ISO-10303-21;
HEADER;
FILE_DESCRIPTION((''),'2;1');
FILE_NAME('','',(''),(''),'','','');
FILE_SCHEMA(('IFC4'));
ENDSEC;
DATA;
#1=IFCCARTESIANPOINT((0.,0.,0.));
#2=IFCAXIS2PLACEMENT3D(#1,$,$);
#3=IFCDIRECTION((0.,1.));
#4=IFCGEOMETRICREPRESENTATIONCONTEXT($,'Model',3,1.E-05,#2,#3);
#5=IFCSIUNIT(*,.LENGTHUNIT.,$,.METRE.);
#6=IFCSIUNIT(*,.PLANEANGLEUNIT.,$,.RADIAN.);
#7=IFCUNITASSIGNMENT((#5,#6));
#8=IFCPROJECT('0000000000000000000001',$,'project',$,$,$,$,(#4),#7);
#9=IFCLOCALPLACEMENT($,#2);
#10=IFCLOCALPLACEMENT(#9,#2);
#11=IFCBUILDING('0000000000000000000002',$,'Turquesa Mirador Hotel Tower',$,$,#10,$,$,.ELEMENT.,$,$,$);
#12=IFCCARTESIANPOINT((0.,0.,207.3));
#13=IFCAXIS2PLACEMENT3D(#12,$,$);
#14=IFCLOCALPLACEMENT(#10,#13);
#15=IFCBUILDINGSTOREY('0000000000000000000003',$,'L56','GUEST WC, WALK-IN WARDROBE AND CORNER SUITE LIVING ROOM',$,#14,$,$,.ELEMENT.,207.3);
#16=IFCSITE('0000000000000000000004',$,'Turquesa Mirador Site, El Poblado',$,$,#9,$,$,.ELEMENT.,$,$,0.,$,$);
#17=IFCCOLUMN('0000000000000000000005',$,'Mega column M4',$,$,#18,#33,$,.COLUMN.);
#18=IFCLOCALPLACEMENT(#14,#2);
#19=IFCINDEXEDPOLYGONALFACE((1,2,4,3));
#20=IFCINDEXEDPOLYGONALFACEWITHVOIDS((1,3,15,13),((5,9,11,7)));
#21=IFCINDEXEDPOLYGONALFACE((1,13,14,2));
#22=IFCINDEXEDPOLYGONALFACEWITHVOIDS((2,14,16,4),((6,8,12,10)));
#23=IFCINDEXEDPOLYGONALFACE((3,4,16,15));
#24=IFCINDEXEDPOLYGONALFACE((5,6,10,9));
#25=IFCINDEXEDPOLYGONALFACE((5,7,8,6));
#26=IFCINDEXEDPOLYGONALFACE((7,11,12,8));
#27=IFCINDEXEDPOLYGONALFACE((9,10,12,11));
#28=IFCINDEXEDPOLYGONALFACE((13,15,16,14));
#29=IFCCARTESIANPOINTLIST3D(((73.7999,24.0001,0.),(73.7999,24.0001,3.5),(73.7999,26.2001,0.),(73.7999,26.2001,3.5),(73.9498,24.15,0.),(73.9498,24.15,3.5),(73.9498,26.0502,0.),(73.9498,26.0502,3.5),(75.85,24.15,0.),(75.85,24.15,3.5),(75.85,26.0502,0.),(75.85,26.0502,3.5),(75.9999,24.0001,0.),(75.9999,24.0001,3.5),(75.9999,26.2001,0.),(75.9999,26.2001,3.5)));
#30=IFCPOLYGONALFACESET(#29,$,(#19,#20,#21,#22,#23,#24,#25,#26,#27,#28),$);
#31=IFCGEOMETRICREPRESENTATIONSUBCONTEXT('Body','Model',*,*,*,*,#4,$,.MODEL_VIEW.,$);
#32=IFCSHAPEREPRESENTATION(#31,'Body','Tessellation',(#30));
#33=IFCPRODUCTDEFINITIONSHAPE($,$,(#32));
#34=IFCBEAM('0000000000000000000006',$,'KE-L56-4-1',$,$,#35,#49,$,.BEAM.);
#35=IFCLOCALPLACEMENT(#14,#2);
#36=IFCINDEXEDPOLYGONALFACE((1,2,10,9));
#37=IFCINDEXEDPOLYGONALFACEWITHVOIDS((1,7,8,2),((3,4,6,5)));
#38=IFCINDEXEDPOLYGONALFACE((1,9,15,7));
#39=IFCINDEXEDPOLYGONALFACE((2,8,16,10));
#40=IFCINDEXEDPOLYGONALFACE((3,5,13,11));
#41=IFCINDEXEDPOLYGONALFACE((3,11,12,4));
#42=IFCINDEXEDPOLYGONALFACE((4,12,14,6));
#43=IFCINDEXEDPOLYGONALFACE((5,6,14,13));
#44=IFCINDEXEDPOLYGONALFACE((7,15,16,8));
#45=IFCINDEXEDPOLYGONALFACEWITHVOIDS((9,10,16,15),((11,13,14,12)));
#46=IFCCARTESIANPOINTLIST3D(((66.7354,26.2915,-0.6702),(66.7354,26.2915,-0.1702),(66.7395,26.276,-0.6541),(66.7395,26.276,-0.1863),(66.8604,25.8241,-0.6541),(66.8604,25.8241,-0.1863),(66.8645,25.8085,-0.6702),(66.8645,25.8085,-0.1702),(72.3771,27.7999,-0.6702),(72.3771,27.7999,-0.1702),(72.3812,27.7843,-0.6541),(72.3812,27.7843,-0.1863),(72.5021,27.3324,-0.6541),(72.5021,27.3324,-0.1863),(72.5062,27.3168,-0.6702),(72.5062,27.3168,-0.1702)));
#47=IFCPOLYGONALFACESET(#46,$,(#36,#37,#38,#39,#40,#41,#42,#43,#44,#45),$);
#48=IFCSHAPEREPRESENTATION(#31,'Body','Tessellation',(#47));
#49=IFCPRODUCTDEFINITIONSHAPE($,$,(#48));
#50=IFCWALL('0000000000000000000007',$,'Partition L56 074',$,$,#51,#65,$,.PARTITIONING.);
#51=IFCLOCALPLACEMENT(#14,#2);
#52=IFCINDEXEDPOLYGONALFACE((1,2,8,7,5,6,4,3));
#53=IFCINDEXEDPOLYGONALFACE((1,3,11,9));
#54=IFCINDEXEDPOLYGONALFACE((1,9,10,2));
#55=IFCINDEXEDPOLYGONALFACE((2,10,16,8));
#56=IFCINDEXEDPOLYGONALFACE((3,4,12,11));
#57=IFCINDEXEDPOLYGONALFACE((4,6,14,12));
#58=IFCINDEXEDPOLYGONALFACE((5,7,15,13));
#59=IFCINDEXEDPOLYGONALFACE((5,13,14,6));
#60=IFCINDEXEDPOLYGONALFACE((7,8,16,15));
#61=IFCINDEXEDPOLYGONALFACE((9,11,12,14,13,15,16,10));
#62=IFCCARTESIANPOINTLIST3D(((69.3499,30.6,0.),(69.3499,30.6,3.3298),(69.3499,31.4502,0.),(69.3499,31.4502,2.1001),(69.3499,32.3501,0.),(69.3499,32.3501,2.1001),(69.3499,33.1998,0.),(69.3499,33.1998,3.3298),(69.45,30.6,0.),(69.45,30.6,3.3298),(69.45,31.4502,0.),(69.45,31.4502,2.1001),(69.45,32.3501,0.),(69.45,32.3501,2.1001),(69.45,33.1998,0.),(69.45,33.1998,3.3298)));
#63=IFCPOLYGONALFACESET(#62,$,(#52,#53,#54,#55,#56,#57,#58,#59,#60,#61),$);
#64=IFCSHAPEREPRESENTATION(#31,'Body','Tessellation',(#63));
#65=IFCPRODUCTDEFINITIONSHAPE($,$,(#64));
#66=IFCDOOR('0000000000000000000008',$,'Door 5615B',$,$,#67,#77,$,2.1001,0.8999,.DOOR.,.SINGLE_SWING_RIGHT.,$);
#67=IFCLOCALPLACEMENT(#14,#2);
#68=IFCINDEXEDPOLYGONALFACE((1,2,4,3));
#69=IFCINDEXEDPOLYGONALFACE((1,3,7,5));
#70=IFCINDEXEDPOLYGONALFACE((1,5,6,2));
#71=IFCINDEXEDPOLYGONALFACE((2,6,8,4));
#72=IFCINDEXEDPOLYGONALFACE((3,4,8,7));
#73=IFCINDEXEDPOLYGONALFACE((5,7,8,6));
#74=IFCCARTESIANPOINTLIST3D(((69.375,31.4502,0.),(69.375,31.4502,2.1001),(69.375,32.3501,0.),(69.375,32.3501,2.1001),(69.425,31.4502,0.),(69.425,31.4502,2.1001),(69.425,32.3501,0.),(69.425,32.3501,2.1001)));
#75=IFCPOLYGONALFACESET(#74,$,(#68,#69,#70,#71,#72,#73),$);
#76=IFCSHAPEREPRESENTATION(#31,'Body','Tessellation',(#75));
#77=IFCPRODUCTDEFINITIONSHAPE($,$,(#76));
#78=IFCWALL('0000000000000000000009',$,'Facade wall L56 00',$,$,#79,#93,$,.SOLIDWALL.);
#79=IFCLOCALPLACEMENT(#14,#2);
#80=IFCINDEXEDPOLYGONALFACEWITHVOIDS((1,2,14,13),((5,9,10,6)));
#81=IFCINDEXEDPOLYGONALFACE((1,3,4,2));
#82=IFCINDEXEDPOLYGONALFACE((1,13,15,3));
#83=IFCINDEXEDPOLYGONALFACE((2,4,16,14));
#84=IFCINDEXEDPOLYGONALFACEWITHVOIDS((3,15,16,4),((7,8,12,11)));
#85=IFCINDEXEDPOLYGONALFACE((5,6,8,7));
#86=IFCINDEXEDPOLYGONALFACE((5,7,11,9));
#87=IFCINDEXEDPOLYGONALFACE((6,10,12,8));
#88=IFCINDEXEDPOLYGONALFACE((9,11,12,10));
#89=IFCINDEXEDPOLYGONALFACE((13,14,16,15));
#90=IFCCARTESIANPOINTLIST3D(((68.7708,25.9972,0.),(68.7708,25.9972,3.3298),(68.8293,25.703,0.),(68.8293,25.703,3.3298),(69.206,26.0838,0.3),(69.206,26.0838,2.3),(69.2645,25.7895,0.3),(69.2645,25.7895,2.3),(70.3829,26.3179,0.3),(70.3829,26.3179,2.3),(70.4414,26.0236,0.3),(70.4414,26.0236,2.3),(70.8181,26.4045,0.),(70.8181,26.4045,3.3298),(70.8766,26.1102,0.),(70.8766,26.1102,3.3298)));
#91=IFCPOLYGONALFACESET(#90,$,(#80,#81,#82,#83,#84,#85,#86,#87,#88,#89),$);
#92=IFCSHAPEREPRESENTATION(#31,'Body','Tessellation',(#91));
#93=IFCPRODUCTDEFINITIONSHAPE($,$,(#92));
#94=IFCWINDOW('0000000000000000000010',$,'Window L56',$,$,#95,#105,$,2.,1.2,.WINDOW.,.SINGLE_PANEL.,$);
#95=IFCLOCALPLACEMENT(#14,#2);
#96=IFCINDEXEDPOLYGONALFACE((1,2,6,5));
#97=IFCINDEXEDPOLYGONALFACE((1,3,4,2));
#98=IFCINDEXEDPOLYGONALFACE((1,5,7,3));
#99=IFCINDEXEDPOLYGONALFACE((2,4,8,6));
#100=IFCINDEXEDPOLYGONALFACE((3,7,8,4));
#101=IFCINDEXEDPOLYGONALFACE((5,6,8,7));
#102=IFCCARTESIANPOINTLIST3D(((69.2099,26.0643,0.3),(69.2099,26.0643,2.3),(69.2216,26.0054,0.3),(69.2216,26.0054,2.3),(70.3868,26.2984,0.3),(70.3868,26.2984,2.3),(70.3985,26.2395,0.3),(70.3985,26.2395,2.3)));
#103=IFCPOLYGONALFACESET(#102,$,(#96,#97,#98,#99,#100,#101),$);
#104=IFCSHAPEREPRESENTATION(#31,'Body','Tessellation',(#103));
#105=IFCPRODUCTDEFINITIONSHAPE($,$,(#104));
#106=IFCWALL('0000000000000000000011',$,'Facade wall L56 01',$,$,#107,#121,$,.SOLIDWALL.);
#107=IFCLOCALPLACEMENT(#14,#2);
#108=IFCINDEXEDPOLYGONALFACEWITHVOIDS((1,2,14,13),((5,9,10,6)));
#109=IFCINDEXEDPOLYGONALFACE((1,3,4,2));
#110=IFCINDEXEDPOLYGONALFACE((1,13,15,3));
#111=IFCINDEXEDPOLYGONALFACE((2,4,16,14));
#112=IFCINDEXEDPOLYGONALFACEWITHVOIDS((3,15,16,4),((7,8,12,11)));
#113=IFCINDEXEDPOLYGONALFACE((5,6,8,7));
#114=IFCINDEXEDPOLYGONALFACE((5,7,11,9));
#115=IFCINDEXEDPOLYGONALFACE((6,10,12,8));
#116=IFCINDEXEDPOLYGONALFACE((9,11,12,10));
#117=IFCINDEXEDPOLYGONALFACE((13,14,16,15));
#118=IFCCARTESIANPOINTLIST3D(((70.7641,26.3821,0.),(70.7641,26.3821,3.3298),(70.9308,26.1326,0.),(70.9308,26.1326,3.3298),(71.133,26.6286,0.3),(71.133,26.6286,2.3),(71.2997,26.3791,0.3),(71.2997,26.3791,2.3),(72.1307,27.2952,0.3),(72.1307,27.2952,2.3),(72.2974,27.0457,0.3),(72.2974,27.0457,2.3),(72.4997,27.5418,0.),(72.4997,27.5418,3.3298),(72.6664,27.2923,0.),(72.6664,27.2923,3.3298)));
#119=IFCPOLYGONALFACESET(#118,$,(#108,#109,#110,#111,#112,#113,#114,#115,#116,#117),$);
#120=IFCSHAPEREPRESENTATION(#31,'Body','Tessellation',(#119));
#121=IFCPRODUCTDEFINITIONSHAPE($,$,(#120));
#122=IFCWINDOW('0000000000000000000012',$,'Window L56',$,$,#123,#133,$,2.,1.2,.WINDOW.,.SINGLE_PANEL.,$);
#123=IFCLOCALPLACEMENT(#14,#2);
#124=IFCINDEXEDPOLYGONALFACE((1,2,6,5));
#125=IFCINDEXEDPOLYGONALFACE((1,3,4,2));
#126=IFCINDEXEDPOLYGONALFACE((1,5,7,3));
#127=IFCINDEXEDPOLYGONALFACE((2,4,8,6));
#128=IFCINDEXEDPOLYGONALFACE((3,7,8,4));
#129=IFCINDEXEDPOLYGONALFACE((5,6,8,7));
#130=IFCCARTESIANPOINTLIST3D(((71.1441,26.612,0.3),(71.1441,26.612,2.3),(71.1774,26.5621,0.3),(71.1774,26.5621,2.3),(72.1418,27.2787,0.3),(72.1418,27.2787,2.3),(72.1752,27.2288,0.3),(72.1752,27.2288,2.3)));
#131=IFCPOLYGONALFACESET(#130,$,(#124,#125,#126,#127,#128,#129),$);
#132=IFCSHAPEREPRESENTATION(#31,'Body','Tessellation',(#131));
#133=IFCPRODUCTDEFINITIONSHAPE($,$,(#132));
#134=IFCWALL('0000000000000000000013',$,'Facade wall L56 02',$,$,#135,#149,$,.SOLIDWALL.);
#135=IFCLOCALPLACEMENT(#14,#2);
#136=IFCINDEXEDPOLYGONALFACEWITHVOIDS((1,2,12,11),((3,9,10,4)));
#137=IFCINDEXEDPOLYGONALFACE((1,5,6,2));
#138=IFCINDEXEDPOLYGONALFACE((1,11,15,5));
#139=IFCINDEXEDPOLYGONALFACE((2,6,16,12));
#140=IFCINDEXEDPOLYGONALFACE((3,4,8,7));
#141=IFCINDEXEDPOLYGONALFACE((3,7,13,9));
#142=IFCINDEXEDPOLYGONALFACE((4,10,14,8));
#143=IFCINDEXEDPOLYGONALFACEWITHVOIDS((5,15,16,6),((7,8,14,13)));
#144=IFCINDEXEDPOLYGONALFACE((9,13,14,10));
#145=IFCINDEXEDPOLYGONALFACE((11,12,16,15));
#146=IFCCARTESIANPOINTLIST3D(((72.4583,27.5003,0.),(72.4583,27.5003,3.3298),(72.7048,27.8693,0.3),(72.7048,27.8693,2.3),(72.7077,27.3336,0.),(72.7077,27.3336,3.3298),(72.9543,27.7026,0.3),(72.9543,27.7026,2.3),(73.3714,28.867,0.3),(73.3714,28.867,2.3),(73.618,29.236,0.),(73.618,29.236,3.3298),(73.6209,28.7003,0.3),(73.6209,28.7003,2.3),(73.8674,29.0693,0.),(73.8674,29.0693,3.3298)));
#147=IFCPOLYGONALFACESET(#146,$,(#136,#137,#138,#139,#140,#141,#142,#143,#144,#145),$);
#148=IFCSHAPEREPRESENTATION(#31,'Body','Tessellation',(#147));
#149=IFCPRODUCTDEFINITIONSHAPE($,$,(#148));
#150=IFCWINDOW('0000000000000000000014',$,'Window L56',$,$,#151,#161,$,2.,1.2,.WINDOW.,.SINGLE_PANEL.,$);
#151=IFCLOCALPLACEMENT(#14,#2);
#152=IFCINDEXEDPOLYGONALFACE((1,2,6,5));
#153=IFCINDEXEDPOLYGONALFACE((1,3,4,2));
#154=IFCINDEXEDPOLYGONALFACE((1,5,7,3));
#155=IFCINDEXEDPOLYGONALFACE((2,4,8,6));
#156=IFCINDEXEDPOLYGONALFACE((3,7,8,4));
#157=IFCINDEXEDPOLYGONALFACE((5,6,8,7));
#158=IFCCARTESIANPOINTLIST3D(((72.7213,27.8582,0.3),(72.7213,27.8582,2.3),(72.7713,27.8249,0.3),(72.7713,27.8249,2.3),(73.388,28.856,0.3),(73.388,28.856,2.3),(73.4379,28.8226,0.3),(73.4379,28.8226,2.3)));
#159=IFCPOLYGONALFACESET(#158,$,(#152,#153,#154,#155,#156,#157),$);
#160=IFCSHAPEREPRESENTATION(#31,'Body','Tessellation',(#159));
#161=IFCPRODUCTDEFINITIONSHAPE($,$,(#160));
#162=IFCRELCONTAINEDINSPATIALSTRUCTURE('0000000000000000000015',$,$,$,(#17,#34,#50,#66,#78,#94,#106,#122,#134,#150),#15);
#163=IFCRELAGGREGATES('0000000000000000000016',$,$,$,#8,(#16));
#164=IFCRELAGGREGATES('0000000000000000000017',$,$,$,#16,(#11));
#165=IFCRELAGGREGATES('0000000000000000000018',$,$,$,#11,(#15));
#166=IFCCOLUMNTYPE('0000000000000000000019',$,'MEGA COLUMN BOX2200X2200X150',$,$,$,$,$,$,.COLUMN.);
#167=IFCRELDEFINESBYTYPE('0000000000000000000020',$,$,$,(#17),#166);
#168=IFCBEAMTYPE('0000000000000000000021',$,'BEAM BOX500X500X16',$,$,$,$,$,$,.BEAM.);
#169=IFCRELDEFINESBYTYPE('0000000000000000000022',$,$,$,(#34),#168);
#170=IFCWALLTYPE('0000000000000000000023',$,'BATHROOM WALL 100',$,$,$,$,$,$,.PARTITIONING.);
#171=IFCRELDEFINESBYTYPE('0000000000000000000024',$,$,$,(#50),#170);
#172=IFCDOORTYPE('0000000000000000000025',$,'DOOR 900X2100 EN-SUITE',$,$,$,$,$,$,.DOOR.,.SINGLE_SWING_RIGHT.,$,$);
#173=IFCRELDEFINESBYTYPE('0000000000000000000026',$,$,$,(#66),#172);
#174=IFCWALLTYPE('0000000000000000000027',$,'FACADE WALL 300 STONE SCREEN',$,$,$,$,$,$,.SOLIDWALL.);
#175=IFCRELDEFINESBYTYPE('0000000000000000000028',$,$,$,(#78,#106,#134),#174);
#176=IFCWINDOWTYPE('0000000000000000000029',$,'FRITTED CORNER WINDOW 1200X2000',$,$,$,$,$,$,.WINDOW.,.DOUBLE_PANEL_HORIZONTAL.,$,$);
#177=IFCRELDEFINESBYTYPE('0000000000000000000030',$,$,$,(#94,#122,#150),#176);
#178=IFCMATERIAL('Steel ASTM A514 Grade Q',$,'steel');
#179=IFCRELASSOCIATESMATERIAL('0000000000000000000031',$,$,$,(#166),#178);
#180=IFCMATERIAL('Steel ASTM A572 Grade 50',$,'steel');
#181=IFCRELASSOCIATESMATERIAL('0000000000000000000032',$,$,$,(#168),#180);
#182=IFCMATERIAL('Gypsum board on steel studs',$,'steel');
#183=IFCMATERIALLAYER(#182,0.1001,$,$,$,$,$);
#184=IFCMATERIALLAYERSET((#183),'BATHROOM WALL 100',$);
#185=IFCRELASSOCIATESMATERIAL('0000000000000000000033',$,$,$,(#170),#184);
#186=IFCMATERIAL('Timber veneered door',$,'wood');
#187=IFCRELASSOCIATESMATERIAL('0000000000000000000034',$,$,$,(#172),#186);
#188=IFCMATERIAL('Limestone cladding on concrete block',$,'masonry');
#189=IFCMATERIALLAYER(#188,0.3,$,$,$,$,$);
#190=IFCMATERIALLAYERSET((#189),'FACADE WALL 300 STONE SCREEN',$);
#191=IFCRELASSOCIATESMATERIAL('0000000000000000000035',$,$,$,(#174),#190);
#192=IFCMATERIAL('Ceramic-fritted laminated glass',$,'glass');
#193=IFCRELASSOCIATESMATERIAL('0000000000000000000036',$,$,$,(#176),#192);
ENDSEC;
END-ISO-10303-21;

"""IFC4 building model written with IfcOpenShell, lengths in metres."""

from ifc_helpers import new_model, si_unit, direction, frame, frame_2d, origin, origin_2d, place, context, subcontext, project, spatial, rectangle, hollow_rectangle, extrude, material, layer, layer_set, material_profile, profile_set, type_object, element, fill, save


model = new_model("IFC4")

# Units and contexts
model_context = context("Model", 3, precision=1e-05, world=origin(), true_north=direction((0.0, 1.0)))
body_context = subcontext(model_context, "Body", "Model", "MODEL_VIEW")
ifc_project = project(units=[si_unit("LENGTHUNIT", "METRE"), si_unit("PLANEANGLEUNIT", "RADIAN")], contexts=[model_context])

# Site, building, storey
site_placement = place(None, origin())
site = spatial("IfcSite", under=ifc_project, at=site_placement, Name="Turquesa Mirador Site, El Poblado", CompositionType="ELEMENT", RefElevation=0.0)
building_placement = place(site_placement, origin())
building = spatial("IfcBuilding", under=site, at=building_placement, Name="Turquesa Mirador Hotel Tower", CompositionType="ELEMENT")
storey_placement = place(building_placement, frame((0.0, 0.0, 207.3)))
storey = spatial("IfcBuildingStorey", under=building, at=storey_placement, Name="L56", Description="GUEST WC, WALK-IN WARDROBE AND CORNER SUITE LIVING ROOM", CompositionType="ELEMENT", Elevation=207.3)

# Column
ifc_material_1 = material(Name="Steel ASTM A514 Grade Q", Category="steel")
ifc_material_profile_1 = material_profile(ifc_material_1, hollow_rectangle(XDim=2.2, YDim=2.2, WallThickness=0.1499, at=origin_2d()), Name="BOX2200X2200X150")
ifc_profile_set_1 = profile_set([ifc_material_profile_1], Name="Steel ASTM A514 Grade Q")
column_type = type_object("IfcColumnType", Name="MEGA COLUMN BOX2200X2200X150", PredefinedType="COLUMN", material=ifc_profile_set_1)
column_placement = place(storey_placement, frame((74.8999, 25.1001, 0.0), z_axis=(0.0, 0.0, 1.0), x_axis=(1.0, 0.0, 0.0)))
element("IfcColumn", 1, at=column_placement, inside=storey, type_object=column_type, Name="Mega column M4", PredefinedType="COLUMN", context=body_context, shape_type="SweptSolid", body=[
    extrude(hollow_rectangle(XDim=2.2, YDim=2.2, WallThickness=0.1499, at=origin_2d()), origin(), (0.0, 0.0, 1.0), 3.5),
])

# Beam
ifc_material_2 = material(Name="Steel ASTM A572 Grade 50", Category="steel")
ifc_material_profile_2 = material_profile(ifc_material_2, hollow_rectangle(XDim=0.5, YDim=0.5, WallThickness=0.0161, at=origin_2d()), Name="BOX500X500X16")
ifc_profile_set_2 = profile_set([ifc_material_profile_2], Name="Steel ASTM A572 Grade 50")
beam_type = type_object("IfcBeamType", Name="BEAM BOX500X500X16", PredefinedType="BEAM", material=ifc_profile_set_2)
beam_placement = place(storey_placement, frame((72.4417, 27.5583, -0.4202), z_axis=(-0.96607, -0.258282, 0.0), x_axis=(0.258282, -0.96607, 0.0)))
element("IfcBeam", 2, at=beam_placement, inside=storey, type_object=beam_type, Name="KE-L56-4-1", PredefinedType="BEAM", context=body_context, shape_type="SweptSolid", body=[
    extrude(hollow_rectangle(XDim=0.5, YDim=0.5, WallThickness=0.0161, at=origin_2d()), origin(), (0.0, 0.0, 1.0), 5.8398),
])

# Wall, opening, door
ifc_material_3 = material(Name="Gypsum board on steel studs", Category="steel")
ifc_layer_1 = layer(ifc_material_3, 0.1001)
ifc_layer_set_1 = layer_set([ifc_layer_1], Name="BATHROOM WALL 100")
wall_type_1 = type_object("IfcWallType", Name="BATHROOM WALL 100", PredefinedType="PARTITIONING", material=ifc_layer_set_1)
wall_1_placement = place(storey_placement, frame((69.3999, 30.6001, 0.0), z_axis=(0.0, 0.0, 1.0), x_axis=(0.0, 1.0, 0.0)))
wall_1 = element("IfcWall", 3, at=wall_1_placement, inside=storey, type_object=wall_type_1, Name="Partition L56 074", PredefinedType="PARTITIONING", context=body_context, shape_type="SweptSolid", body=[
    extrude(rectangle(XDim=2.5999, YDim=0.1001, at=frame_2d((1.2998, 0.0))), origin(), (0.0, 0.0, 1.0), 3.3298),
])
opening_1_placement = place(wall_1_placement, frame((0.8501, 0.0, 0.0)))
opening_1 = element("IfcOpeningElement", 4, at=opening_1_placement, cuts=wall_1, PredefinedType="OPENING", context=body_context, shape_type="SweptSolid", body=[
    extrude(rectangle(XDim=0.8999, YDim=2.1001, at=frame_2d((0.45, 1.05))), frame((0.0, 0.0601, 0.0), z_axis=(0.0, -1.0, 0.0), x_axis=(1.0, 0.0, 0.0)), (0.0, 0.0, 1.0), 0.1201),
])
ifc_material_4 = material(Name="Timber veneered door", Category="wood")
door_type = type_object("IfcDoorType", Name="DOOR 900X2100 EN-SUITE", OperationType="SINGLE_SWING_RIGHT", PredefinedType="DOOR", material=ifc_material_4)
door_placement = place(opening_1_placement, origin())
door = element("IfcDoor", 5, at=door_placement, inside=storey, type_object=door_type, Name="Door 5615B", OperationType="SINGLE_SWING_RIGHT", OverallHeight=2.1001, OverallWidth=0.8999, PredefinedType="DOOR", context=body_context, shape_type="SweptSolid", body=[
    extrude(rectangle(XDim=0.8999, YDim=2.1001, at=frame_2d((0.45, 1.05))), frame((0.0, 0.0249, 0.0), z_axis=(0.0, -1.0, 0.0), x_axis=(1.0, 0.0, 0.0)), (0.0, 0.0, 1.0), 0.05),
])
fill(opening_1, door)

# Walls, openings, windows
ifc_material_5 = material(Name="Limestone cladding on concrete block", Category="masonry")
ifc_layer_2 = layer(ifc_material_5, 0.3)
ifc_layer_set_2 = layer_set([ifc_layer_2], Name="FACADE WALL 300 STONE SCREEN")
wall_type_2 = type_object("IfcWallType", Name="FACADE WALL 300 STONE SCREEN", PredefinedType="SOLIDWALL", material=ifc_layer_set_2)
wall_2_placement = place(storey_placement, frame((68.8, 25.8501, 0.0), z_axis=(0.0, 0.0, 1.0), x_axis=(0.980787, 0.195081, 0.0)))
wall_2 = element("IfcWall", 6, at=wall_2_placement, inside=storey, type_object=wall_type_2, Name="Facade wall L56 00", PredefinedType="SOLIDWALL", context=body_context, shape_type="SweptSolid", body=[
    extrude(rectangle(XDim=2.0874, YDim=0.3, at=frame_2d((1.0437, 0.0))), origin(), (0.0, 0.0, 1.0), 3.3298),
])
opening_2_placement = place(wall_2_placement, frame((0.4436, 0.0, 0.3)))
opening_2 = element("IfcOpeningElement", 7, at=opening_2_placement, cuts=wall_2, PredefinedType="OPENING", context=body_context, shape_type="SweptSolid", body=[
    extrude(rectangle(XDim=1.2, YDim=2.0, at=frame_2d((0.6001, 1.0))), frame((0.0, 0.1599, 0.0), z_axis=(0.0, -1.0, 0.0), x_axis=(1.0, 0.0, 0.0)), (0.0, 0.0, 1.0), 0.3201),
])
ifc_material_6 = material(Name="Ceramic-fritted laminated glass", Category="glass")
window_type_1 = type_object("IfcWindowType", Name="FRITTED CORNER WINDOW 1200X2000", PartitioningType="DOUBLE_PANEL_HORIZONTAL", PredefinedType="WINDOW", material=ifc_material_6)
window_1_placement = place(opening_2_placement, origin())
window_1 = element("IfcWindow", 8, at=window_1_placement, inside=storey, type_object=window_type_1, Name="Window L56", OverallHeight=2.0, OverallWidth=1.2, PartitioningType="SINGLE_PANEL", PredefinedType="WINDOW", context=body_context, shape_type="SweptSolid", body=[
    extrude(rectangle(XDim=1.2, YDim=2.0, at=frame_2d((0.6001, 1.0))), frame((0.0, 0.1301, 0.0), z_axis=(0.0, -1.0, 0.0), x_axis=(1.0, 0.0, 0.0)), (0.0, 0.0, 1.0), 0.0601),
])
fill(opening_2, window_1)
wall_3_placement = place(storey_placement, frame((70.8474, 26.2573, 0.0), z_axis=(0.0, 0.0, 1.0), x_axis=(0.831474, 0.555564, 0.0)))
wall_3 = element("IfcWall", 9, at=wall_3_placement, inside=storey, type_object=wall_type_2, Name="Facade wall L56 01", PredefinedType="SOLIDWALL", context=body_context, shape_type="SweptSolid", body=[
    extrude(rectangle(XDim=2.0874, YDim=0.3, at=frame_2d((1.0437, 0.0))), origin(), (0.0, 0.0, 1.0), 3.3298),
])
opening_3_placement = place(wall_3_placement, frame((0.4436, 0.0, 0.3)))
opening_3 = element("IfcOpeningElement", 10, at=opening_3_placement, cuts=wall_3, PredefinedType="OPENING", context=body_context, shape_type="SweptSolid", body=[
    extrude(rectangle(XDim=1.2, YDim=2.0, at=frame_2d((0.6001, 1.0))), frame((0.0, 0.1599, 0.0), z_axis=(0.0, -1.0, 0.0), x_axis=(1.0, 0.0, 0.0)), (0.0, 0.0, 1.0), 0.3201),
])
window_2_placement = place(opening_3_placement, origin())
window_2 = element("IfcWindow", 11, at=window_2_placement, inside=storey, type_object=window_type_1, Name="Window L56", OverallHeight=2.0, OverallWidth=1.2, PartitioningType="SINGLE_PANEL", PredefinedType="WINDOW", context=body_context, shape_type="SweptSolid", body=[
    extrude(rectangle(XDim=1.2, YDim=2.0, at=frame_2d((0.6001, 1.0))), frame((0.0, 0.1301, 0.0), z_axis=(0.0, -1.0, 0.0), x_axis=(1.0, 0.0, 0.0)), (0.0, 0.0, 1.0), 0.0601),
])
fill(opening_3, window_2)
wall_4_placement = place(storey_placement, frame((72.583, 27.417, 0.0), z_axis=(0.0, 0.0, 1.0), x_axis=(0.555564, 0.831474, 0.0)))
wall_4 = element("IfcWall", 12, at=wall_4_placement, inside=storey, type_object=wall_type_2, Name="Facade wall L56 02", PredefinedType="SOLIDWALL", context=body_context, shape_type="SweptSolid", body=[
    extrude(rectangle(XDim=2.0874, YDim=0.3, at=frame_2d((1.0437, 0.0))), origin(), (0.0, 0.0, 1.0), 3.3298),
])
opening_4_placement = place(wall_4_placement, frame((0.4436, 0.0, 0.3)))
opening_4 = element("IfcOpeningElement", 13, at=opening_4_placement, cuts=wall_4, PredefinedType="OPENING", context=body_context, shape_type="SweptSolid", body=[
    extrude(rectangle(XDim=1.2, YDim=2.0, at=frame_2d((0.6001, 1.0))), frame((0.0, 0.1599, 0.0), z_axis=(0.0, -1.0, 0.0), x_axis=(1.0, 0.0, 0.0)), (0.0, 0.0, 1.0), 0.3201),
])
window_3_placement = place(opening_4_placement, origin())
window_3 = element("IfcWindow", 14, at=window_3_placement, inside=storey, type_object=window_type_1, Name="Window L56", OverallHeight=2.0, OverallWidth=1.2, PartitioningType="SINGLE_PANEL", PredefinedType="WINDOW", context=body_context, shape_type="SweptSolid", body=[
    extrude(rectangle(XDim=1.2, YDim=2.0, at=frame_2d((0.6001, 1.0))), frame((0.0, 0.1301, 0.0), z_axis=(0.0, -1.0, 0.0), x_axis=(1.0, 0.0, 0.0)), (0.0, 0.0, 1.0), 0.0601),
])
fill(opening_4, window_3)

save(model, "model.ifc")
